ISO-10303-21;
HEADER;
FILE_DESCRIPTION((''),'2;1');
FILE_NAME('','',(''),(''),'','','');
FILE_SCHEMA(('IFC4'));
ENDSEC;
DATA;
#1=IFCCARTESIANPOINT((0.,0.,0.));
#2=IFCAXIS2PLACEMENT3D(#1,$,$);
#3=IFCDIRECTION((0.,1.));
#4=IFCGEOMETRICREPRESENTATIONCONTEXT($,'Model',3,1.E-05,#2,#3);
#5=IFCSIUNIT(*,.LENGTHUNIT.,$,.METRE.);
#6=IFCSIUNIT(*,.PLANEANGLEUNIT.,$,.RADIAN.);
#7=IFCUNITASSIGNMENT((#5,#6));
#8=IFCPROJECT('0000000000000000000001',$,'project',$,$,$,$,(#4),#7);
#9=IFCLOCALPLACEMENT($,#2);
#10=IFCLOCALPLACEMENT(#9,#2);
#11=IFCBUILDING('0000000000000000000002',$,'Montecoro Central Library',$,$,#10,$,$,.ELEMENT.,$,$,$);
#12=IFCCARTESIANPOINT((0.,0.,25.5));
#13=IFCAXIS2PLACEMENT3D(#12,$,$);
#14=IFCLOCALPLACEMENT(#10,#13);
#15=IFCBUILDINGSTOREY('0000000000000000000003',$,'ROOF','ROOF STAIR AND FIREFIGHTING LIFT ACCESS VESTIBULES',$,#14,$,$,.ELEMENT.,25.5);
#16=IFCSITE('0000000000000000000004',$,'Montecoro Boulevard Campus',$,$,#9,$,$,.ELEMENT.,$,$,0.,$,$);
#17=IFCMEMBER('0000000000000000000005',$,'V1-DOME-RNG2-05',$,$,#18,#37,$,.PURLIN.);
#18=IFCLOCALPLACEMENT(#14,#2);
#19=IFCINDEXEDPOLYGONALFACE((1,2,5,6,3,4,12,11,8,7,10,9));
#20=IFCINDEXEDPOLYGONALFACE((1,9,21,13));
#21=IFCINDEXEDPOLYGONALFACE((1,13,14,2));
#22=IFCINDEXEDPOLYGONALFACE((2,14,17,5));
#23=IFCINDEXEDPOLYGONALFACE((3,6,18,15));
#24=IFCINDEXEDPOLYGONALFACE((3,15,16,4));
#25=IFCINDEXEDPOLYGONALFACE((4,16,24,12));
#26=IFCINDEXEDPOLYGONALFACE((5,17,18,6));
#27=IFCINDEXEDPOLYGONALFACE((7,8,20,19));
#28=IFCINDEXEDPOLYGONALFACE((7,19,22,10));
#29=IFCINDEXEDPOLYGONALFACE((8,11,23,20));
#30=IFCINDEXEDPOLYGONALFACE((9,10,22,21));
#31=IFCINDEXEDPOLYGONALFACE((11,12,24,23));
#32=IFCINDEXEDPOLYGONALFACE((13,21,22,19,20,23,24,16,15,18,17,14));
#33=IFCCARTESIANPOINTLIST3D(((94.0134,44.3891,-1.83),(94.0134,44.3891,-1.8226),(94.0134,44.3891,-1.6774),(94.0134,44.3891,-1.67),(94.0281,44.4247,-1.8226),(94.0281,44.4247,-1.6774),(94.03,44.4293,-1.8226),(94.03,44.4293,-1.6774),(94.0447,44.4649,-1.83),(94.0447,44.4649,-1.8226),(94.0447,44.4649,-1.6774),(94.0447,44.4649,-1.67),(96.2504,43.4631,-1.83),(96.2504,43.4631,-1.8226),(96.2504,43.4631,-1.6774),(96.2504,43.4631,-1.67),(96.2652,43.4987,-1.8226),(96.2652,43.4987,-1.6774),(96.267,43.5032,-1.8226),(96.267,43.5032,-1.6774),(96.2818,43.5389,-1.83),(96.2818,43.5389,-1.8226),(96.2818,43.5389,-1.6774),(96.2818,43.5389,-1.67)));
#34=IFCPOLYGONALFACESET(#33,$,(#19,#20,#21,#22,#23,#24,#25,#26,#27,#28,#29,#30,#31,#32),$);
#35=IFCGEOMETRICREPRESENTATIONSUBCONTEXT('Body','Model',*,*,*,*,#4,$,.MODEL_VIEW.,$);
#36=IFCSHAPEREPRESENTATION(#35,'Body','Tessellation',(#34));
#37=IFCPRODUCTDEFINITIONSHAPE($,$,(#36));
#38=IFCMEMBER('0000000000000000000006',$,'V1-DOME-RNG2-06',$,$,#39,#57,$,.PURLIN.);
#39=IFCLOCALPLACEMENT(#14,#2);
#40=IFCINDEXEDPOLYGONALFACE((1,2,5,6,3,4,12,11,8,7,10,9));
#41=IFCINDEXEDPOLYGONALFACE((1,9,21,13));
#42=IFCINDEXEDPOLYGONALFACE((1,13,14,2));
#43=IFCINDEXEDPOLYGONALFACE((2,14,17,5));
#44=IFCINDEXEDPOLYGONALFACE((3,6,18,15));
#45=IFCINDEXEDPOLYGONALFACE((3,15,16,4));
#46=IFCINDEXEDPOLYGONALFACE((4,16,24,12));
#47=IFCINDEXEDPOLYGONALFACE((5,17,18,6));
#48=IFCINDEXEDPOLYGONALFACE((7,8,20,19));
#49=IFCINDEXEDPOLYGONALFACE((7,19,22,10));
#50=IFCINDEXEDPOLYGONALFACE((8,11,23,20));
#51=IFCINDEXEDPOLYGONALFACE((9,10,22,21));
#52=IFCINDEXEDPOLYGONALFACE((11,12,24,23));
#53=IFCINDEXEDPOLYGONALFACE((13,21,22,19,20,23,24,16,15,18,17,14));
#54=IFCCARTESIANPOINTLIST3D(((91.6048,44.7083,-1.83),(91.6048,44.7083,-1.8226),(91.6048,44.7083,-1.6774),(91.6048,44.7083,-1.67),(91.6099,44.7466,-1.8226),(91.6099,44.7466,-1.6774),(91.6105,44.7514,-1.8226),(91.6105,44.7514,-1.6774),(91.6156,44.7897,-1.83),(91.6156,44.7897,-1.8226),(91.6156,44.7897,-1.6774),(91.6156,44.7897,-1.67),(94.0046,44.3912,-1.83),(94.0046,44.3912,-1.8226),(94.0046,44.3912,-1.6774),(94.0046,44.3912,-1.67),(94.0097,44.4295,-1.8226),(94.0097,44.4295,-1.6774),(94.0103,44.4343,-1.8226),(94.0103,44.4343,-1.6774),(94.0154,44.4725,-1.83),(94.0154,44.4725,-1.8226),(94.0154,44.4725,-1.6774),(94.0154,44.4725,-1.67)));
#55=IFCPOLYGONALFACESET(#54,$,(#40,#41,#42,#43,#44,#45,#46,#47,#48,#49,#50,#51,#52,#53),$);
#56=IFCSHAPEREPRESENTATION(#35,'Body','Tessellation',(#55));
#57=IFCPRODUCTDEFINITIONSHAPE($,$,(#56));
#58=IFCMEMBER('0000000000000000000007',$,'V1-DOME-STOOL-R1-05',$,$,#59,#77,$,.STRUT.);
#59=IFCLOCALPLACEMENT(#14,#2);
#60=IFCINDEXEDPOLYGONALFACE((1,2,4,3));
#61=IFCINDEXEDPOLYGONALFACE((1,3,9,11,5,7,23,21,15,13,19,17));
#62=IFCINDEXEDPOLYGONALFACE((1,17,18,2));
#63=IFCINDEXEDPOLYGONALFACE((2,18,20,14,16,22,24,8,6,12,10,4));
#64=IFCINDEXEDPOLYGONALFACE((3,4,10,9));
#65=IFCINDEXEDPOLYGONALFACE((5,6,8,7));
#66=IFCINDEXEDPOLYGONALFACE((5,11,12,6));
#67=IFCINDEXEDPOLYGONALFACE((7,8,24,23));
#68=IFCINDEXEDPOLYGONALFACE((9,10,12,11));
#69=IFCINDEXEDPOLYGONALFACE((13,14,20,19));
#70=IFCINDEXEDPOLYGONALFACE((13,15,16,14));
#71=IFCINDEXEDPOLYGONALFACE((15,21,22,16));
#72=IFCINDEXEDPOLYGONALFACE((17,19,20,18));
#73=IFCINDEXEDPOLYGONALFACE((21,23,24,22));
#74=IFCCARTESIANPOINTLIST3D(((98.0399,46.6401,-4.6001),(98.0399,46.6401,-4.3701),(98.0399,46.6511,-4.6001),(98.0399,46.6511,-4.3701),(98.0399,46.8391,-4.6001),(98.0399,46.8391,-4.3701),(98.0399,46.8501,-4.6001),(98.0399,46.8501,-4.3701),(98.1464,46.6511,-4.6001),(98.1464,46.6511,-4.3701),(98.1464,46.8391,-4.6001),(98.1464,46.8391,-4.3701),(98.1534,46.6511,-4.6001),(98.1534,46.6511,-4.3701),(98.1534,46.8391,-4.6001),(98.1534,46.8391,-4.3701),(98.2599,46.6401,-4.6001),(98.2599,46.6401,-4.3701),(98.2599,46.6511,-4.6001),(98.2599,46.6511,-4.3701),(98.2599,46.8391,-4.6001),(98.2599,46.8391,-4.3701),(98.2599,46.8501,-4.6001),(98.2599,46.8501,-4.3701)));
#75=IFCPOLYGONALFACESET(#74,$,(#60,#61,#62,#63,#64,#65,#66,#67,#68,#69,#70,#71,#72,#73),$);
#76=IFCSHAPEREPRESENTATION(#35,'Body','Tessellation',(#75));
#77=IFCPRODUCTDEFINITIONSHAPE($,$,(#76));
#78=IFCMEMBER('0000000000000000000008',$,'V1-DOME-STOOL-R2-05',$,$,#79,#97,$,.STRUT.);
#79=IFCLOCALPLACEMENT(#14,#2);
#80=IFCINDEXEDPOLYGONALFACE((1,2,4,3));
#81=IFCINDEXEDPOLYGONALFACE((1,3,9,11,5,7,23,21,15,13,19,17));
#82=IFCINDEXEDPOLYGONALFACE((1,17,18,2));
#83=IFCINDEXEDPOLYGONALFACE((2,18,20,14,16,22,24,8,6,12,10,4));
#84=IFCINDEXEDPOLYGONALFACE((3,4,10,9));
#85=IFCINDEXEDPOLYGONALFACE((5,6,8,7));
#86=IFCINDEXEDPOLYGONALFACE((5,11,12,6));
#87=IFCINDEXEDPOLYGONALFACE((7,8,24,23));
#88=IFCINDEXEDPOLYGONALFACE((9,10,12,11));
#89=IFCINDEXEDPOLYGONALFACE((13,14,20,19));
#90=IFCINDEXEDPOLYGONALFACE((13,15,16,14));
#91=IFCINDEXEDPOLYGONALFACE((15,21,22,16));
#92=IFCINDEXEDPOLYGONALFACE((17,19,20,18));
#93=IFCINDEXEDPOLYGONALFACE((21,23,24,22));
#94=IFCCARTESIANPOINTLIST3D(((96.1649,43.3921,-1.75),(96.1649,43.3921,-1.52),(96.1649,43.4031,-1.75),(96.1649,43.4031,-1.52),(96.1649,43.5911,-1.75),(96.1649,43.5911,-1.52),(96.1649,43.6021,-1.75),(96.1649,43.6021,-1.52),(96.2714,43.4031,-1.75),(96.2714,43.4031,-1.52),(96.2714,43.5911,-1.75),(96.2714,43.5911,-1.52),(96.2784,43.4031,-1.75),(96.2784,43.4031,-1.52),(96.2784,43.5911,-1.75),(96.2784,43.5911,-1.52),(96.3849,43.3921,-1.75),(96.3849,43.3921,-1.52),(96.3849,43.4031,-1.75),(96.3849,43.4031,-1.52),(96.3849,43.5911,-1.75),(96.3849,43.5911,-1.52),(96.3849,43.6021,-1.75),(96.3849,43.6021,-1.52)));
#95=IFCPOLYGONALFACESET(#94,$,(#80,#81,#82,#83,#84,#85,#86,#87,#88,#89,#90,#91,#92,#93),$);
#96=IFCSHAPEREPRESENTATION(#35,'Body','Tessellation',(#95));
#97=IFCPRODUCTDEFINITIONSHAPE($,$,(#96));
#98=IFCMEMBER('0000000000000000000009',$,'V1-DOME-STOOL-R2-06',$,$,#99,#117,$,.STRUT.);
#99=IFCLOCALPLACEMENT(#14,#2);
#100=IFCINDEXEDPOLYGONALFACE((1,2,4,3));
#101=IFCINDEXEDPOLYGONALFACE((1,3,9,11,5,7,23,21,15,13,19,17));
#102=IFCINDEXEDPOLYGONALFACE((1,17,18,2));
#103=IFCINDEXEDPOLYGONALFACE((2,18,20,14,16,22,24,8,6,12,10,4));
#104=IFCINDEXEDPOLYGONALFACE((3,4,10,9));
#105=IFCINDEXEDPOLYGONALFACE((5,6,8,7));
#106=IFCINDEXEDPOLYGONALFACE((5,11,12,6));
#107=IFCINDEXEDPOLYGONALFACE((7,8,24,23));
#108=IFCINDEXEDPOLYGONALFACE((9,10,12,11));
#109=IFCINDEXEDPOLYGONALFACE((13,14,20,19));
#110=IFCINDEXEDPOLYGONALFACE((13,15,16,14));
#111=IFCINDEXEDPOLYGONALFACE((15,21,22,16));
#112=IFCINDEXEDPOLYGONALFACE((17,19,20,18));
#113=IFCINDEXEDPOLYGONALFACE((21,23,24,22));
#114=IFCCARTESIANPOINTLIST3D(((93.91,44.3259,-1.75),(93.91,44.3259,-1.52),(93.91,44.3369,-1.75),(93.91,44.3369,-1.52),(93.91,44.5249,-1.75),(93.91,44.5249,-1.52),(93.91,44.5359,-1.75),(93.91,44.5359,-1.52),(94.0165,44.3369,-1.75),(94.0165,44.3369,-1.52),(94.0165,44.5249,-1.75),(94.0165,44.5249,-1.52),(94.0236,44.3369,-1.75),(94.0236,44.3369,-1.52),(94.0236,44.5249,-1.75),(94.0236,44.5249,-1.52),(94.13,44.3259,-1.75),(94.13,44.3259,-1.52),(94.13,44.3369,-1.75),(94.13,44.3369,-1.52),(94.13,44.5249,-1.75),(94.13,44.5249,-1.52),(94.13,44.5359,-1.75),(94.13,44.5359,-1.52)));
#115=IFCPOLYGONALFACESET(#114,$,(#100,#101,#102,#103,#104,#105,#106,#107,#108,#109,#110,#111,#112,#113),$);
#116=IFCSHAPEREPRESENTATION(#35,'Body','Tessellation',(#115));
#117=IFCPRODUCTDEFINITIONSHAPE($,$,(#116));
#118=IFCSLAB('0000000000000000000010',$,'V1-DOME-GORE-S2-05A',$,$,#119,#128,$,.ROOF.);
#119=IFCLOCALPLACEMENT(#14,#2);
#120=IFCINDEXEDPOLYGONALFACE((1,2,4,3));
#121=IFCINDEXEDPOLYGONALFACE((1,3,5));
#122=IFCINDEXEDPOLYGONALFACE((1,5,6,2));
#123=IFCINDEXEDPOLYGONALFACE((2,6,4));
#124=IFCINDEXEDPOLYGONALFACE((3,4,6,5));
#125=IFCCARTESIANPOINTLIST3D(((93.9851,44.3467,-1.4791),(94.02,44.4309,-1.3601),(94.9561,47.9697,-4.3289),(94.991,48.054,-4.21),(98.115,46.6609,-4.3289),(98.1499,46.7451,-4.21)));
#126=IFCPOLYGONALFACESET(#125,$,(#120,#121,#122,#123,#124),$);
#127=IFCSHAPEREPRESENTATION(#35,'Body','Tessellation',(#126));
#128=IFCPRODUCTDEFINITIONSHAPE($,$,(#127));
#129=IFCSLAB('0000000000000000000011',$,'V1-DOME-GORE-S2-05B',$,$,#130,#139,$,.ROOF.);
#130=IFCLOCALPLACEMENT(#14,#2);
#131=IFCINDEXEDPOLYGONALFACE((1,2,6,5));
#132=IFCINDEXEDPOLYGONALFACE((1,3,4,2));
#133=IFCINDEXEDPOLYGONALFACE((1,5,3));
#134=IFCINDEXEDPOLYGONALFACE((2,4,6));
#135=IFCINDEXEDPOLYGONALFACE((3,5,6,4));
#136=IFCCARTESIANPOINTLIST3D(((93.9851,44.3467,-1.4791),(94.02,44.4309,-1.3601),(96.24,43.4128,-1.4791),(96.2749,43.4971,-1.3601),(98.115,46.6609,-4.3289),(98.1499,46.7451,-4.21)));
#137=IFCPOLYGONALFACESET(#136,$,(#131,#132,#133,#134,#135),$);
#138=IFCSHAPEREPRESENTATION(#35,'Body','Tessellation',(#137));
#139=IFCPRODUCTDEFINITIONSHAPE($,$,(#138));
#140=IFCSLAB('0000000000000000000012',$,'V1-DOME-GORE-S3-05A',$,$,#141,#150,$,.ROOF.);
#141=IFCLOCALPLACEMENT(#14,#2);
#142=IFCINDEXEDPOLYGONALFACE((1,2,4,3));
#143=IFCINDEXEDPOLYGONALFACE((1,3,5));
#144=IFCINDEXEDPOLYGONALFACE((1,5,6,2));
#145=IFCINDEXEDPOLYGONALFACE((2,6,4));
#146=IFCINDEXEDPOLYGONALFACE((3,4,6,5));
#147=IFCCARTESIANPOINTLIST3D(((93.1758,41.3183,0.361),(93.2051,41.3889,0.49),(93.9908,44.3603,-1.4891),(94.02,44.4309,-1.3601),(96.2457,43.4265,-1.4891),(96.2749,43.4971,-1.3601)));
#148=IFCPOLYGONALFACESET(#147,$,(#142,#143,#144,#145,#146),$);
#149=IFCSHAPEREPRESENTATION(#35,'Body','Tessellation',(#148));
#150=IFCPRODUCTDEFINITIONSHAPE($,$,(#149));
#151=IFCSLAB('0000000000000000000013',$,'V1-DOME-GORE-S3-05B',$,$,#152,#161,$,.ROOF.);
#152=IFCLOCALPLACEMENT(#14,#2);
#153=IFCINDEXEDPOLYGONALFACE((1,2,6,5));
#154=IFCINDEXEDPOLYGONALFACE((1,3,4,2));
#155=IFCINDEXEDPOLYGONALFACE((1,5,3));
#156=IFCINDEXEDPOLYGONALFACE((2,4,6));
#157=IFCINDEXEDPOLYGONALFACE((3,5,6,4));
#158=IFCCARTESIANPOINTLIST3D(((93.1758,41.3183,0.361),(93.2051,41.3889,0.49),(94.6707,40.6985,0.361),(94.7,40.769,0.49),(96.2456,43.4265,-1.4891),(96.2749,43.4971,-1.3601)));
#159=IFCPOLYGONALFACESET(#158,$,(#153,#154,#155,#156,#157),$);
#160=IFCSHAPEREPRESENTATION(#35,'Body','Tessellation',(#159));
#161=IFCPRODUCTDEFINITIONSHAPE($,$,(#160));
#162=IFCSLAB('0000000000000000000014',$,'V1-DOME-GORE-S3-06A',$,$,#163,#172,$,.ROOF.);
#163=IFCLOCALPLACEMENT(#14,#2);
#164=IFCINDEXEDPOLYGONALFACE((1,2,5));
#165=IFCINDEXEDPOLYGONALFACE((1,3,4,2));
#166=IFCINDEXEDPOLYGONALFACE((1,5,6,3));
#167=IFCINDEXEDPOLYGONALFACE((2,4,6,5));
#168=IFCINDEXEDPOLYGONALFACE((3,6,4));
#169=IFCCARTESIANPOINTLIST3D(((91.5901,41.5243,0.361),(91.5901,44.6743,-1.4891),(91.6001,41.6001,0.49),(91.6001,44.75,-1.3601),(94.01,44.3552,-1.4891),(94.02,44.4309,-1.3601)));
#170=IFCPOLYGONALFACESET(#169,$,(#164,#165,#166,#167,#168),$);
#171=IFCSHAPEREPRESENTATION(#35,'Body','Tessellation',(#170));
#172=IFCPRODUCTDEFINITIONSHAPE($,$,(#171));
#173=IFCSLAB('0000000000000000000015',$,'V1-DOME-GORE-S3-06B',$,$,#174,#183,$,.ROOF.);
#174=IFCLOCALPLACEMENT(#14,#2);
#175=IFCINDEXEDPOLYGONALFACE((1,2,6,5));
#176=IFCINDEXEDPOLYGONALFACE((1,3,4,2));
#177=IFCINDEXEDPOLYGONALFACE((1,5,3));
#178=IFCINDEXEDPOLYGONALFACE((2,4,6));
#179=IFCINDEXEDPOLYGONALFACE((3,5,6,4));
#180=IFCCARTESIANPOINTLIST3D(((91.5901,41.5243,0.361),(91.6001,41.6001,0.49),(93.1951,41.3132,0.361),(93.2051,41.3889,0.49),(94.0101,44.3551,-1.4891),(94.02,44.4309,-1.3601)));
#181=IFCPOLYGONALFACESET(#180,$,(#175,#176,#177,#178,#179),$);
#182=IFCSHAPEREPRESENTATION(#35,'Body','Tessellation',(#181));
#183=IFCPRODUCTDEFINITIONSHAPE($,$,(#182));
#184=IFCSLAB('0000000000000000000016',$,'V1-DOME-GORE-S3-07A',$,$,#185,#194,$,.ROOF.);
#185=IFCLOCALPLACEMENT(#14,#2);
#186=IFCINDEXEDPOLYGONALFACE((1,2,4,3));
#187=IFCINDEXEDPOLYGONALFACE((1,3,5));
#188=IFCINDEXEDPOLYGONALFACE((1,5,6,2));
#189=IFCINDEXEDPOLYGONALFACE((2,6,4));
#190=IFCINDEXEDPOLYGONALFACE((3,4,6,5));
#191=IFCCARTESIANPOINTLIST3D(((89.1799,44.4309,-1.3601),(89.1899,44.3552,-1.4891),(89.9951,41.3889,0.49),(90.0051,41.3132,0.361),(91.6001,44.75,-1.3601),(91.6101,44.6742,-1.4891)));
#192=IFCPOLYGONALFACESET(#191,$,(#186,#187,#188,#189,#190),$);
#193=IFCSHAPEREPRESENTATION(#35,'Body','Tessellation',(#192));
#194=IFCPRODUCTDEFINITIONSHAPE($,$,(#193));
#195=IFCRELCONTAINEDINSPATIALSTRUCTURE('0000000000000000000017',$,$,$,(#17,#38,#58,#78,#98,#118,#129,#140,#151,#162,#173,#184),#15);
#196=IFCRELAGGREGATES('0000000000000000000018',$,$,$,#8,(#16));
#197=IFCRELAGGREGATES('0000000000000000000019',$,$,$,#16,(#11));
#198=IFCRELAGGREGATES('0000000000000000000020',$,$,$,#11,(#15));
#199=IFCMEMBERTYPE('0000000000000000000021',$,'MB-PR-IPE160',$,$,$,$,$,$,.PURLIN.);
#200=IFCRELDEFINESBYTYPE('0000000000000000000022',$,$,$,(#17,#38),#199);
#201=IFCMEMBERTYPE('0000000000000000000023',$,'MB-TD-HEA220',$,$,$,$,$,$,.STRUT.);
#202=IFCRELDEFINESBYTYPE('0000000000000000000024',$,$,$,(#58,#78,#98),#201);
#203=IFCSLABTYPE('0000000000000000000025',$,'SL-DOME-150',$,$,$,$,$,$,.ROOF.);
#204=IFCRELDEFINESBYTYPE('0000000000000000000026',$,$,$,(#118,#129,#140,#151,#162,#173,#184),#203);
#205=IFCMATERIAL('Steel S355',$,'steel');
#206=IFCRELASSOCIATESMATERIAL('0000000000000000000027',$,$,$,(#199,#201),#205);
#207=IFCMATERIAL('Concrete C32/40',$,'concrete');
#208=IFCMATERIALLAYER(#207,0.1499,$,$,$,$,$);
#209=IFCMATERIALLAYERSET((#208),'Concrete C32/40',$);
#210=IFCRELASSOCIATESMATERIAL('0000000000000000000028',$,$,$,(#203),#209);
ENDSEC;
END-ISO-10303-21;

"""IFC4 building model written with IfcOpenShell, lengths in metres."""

from ifc_helpers import new_model, si_unit, direction, frame, origin, origin_2d, place, context, subcontext, project, spatial, polyline, i_section, outline, extrude, material, layer, layer_set, material_profile, profile_set, type_object, element, save


model = new_model("IFC4")

# Units and contexts
model_context = context("Model", 3, precision=1e-05, world=origin(), true_north=direction((0.0, 1.0)))
body_context = subcontext(model_context, "Body", "Model", "MODEL_VIEW")
ifc_project = project(units=[si_unit("LENGTHUNIT", "METRE"), si_unit("PLANEANGLEUNIT", "RADIAN")], contexts=[model_context])

# Site, building, storey
site_placement = place(None, origin())
site = spatial("IfcSite", under=ifc_project, at=site_placement, Name="Montecoro Boulevard Campus", CompositionType="ELEMENT", RefElevation=0.0)
building_placement = place(site_placement, origin())
building = spatial("IfcBuilding", under=site, at=building_placement, Name="Montecoro Central Library", CompositionType="ELEMENT")
storey_placement = place(building_placement, frame((0.0, 0.0, 25.5)))
storey = spatial("IfcBuildingStorey", under=building, at=storey_placement, Name="ROOF", Description="ROOF STAIR AND FIREFIGHTING LIFT ACCESS VESTIBULES", CompositionType="ELEMENT", Elevation=25.5)

# Members
ifc_material_1 = material(Name="Steel S355", Category="steel")
ifc_material_profile_1 = material_profile(ifc_material_1, i_section(OverallWidth=0.082, OverallDepth=0.1599, WebThickness=0.0049, FlangeThickness=0.0073, at=origin_2d()), Name="IPE 160")
ifc_profile_set_1 = profile_set([ifc_material_profile_1], Name="Steel S355")
member_type_1 = type_object("IfcMemberType", Name="MB-PR-IPE160", PredefinedType="PURLIN", material=ifc_profile_set_1)
member_1_placement = place(storey_placement, frame((96.2661, 43.501, -1.75), z_axis=(-0.923966, 0.382474, 0.0), x_axis=(-0.382474, -0.923966, 0.0)))
element("IfcMember", 1, at=member_1_placement, inside=storey, type_object=member_type_1, Name="V1-DOME-RNG2-05", PredefinedType="PURLIN", context=body_context, shape_type="SweptSolid", body=[
    extrude(i_section(OverallWidth=0.082, OverallDepth=0.1599, WebThickness=0.0049, FlangeThickness=0.0073, at=origin_2d()), origin(), (0.0, 0.0, 1.0), 2.4211),
])
member_2_placement = place(storey_placement, frame((94.01, 44.4319, -1.75), z_axis=(-0.991381, 0.131008, 0.0), x_axis=(-0.131008, -0.991381, 0.0)))
element("IfcMember", 2, at=member_2_placement, inside=storey, type_object=member_type_1, Name="V1-DOME-RNG2-06", PredefinedType="PURLIN", context=body_context, shape_type="SweptSolid", body=[
    extrude(i_section(OverallWidth=0.082, OverallDepth=0.1599, WebThickness=0.0049, FlangeThickness=0.0073, at=origin_2d()), origin(), (0.0, 0.0, 1.0), 2.4207),
])
ifc_material_profile_2 = material_profile(ifc_material_1, i_section(OverallWidth=0.22, OverallDepth=0.21, WebThickness=0.0071, FlangeThickness=0.011, at=origin_2d()), Name="HEA 220")
ifc_profile_set_2 = profile_set([ifc_material_profile_2], Name="Steel S355")
member_type_2 = type_object("IfcMemberType", Name="MB-TD-HEA220", PredefinedType="STRUT", material=ifc_profile_set_2)
for number, where, z_axis, x_axis, name in (
    (3, (98.1499, 46.7451, -4.6001), (0.0, 0.0, 1.0), (1.0, 0.0, 0.0), "V1-DOME-STOOL-R1-05"),
    (4, (96.2749, 43.4971, -1.75), (0.0, 0.0, 1.0), (1.0, 0.0, 0.0), "V1-DOME-STOOL-R2-05"),
    (5, (94.02, 44.4309, -1.75), (0.0, 0.0, 1.0), (1.0, 0.0, 0.0), "V1-DOME-STOOL-R2-06"),
):
    element("IfcMember", number, at=place(storey_placement, frame(where, z_axis=z_axis, x_axis=x_axis)), inside=storey, type_object=member_type_2, Name=name, PredefinedType="STRUT", context=body_context, shape_type="SweptSolid", body=[
        extrude(i_section(OverallWidth=0.22, OverallDepth=0.21, WebThickness=0.0071, FlangeThickness=0.011, at=origin_2d()), origin(), (0.0, 0.0, 1.0), 0.23),
    ])

# Slabs
ifc_material_2 = material(Name="Concrete C32/40", Category="concrete")
ifc_layer = layer(ifc_material_2, 0.1499)
ifc_layer_set = layer_set([ifc_layer], Name="Concrete C32/40")
slab_type = type_object("IfcSlabType", Name="SL-DOME-150", PredefinedType="ROOF", material=ifc_layer_set)
slab_1_placement = place(storey_placement, frame((98.1499, 46.7451, -4.21), z_axis=(0.23283, 0.561944, 0.793731), x_axis=(-0.923842, 0.382774, 0.0)))
element("IfcSlab", 6, at=slab_1_placement, inside=storey, type_object=slab_type, Name="V1-DOME-GORE-S2-05A", PredefinedType="ROOF", context=body_context, shape_type="SweptSolid", body=[
    extrude(outline(polyline([(0.0, 0.0), (3.4193, 0.0), (2.9295, 4.6852), (0.0, 0.0)])), origin(), (0.0, 0.0, -1.0), 0.1499),
])
slab_2_placement = place(storey_placement, frame((98.1499, 46.7451, -4.21), z_axis=(0.232758, 0.562027, 0.793694), x_axis=(-0.747398, -0.41881, 0.515747)))
element("IfcSlab", 7, at=slab_2_placement, inside=storey, type_object=slab_type, Name="V1-DOME-GORE-S2-05B", PredefinedType="ROOF", context=body_context, shape_type="SweptSolid", body=[
    extrude(outline(polyline([(0.0, 0.0), (5.5257, 0.0), (4.2315, 2.0692), (0.0, 0.0)])), origin(), (0.0, 0.0, -1.0), 0.1499),
])
slab_3_placement = place(storey_placement, frame((96.2749, 43.4971, -1.3601), z_axis=(0.19505, 0.470976, 0.860312), x_axis=(-0.923903, 0.382626, 0.0)))
element("IfcSlab", 8, at=slab_3_placement, inside=storey, type_object=slab_type, Name="V1-DOME-GORE-S3-05A", PredefinedType="ROOF", context=body_context, shape_type="SweptSolid", body=[
    extrude(outline(polyline([(0.0, 0.0), (2.4406, 0.0), (2.0296, 3.6293), (0.0, 0.0)])), origin(), (0.0, 0.0, -1.0), 0.1499),
])
slab_4_placement = place(storey_placement, frame((96.2749, 43.4971, -1.3601), z_axis=(0.195219, 0.470787, 0.860377), x_axis=(-0.73825, -0.506982, 0.444923)))
element("IfcSlab", 9, at=slab_4_placement, inside=storey, type_object=slab_type, Name="V1-DOME-GORE-S3-05B", PredefinedType="ROOF", context=body_context, shape_type="SweptSolid", body=[
    extrude(outline(polyline([(0.0, 0.0), (4.1582, 0.0), (3.3689, 1.4127), (0.0, 0.0)])), origin(), (0.0, 0.0, -1.0), 0.1499),
])
slab_5_placement = place(storey_placement, frame((94.02, 44.4309, -1.3601), z_axis=(0.066633, 0.505328, 0.860351), x_axis=(-0.991418, 0.130729, 0.0)))
element("IfcSlab", 10, at=slab_5_placement, inside=storey, type_object=slab_type, Name="V1-DOME-GORE-S3-06A", PredefinedType="ROOF", context=body_context, shape_type="SweptSolid", body=[
    extrude(outline(polyline([(0.0, 0.0), (2.4409, 0.0), (2.0291, 3.6298), (0.0, 0.0)])), origin(), (0.0, 0.0, -1.0), 0.1499),
])
slab_6_placement = place(storey_placement, frame((94.02, 44.4309, -1.3601), z_axis=(0.066502, 0.505414, 0.860311), x_axis=(-0.581934, -0.680744, 0.444905)))
element("IfcSlab", 11, at=slab_6_placement, inside=storey, type_object=slab_type, Name="V1-DOME-GORE-S3-06B", PredefinedType="ROOF", context=body_context, shape_type="SweptSolid", body=[
    extrude(outline(polyline([(0.0, 0.0), (4.1584, 0.0), (3.3682, 1.4128), (0.0, 0.0)])), origin(), (0.0, 0.0, -1.0), 0.1499),
])
slab_7_placement = place(storey_placement, frame((91.6001, 44.75, -1.3601), z_axis=(-0.066633, 0.505379, 0.860321), x_axis=(-0.99142, -0.130716, 0.0)))
element("IfcSlab", 12, at=slab_7_placement, inside=storey, type_object=slab_type, Name="V1-DOME-GORE-S3-07A", PredefinedType="ROOF", context=body_context, shape_type="SweptSolid", body=[
    extrude(outline(polyline([(0.0, 0.0), (2.4411, 0.0), (2.0306, 3.6294), (0.0, 0.0)])), origin(), (0.0, 0.0, -1.0), 0.1499),
])

save(model, "model.ifc")
